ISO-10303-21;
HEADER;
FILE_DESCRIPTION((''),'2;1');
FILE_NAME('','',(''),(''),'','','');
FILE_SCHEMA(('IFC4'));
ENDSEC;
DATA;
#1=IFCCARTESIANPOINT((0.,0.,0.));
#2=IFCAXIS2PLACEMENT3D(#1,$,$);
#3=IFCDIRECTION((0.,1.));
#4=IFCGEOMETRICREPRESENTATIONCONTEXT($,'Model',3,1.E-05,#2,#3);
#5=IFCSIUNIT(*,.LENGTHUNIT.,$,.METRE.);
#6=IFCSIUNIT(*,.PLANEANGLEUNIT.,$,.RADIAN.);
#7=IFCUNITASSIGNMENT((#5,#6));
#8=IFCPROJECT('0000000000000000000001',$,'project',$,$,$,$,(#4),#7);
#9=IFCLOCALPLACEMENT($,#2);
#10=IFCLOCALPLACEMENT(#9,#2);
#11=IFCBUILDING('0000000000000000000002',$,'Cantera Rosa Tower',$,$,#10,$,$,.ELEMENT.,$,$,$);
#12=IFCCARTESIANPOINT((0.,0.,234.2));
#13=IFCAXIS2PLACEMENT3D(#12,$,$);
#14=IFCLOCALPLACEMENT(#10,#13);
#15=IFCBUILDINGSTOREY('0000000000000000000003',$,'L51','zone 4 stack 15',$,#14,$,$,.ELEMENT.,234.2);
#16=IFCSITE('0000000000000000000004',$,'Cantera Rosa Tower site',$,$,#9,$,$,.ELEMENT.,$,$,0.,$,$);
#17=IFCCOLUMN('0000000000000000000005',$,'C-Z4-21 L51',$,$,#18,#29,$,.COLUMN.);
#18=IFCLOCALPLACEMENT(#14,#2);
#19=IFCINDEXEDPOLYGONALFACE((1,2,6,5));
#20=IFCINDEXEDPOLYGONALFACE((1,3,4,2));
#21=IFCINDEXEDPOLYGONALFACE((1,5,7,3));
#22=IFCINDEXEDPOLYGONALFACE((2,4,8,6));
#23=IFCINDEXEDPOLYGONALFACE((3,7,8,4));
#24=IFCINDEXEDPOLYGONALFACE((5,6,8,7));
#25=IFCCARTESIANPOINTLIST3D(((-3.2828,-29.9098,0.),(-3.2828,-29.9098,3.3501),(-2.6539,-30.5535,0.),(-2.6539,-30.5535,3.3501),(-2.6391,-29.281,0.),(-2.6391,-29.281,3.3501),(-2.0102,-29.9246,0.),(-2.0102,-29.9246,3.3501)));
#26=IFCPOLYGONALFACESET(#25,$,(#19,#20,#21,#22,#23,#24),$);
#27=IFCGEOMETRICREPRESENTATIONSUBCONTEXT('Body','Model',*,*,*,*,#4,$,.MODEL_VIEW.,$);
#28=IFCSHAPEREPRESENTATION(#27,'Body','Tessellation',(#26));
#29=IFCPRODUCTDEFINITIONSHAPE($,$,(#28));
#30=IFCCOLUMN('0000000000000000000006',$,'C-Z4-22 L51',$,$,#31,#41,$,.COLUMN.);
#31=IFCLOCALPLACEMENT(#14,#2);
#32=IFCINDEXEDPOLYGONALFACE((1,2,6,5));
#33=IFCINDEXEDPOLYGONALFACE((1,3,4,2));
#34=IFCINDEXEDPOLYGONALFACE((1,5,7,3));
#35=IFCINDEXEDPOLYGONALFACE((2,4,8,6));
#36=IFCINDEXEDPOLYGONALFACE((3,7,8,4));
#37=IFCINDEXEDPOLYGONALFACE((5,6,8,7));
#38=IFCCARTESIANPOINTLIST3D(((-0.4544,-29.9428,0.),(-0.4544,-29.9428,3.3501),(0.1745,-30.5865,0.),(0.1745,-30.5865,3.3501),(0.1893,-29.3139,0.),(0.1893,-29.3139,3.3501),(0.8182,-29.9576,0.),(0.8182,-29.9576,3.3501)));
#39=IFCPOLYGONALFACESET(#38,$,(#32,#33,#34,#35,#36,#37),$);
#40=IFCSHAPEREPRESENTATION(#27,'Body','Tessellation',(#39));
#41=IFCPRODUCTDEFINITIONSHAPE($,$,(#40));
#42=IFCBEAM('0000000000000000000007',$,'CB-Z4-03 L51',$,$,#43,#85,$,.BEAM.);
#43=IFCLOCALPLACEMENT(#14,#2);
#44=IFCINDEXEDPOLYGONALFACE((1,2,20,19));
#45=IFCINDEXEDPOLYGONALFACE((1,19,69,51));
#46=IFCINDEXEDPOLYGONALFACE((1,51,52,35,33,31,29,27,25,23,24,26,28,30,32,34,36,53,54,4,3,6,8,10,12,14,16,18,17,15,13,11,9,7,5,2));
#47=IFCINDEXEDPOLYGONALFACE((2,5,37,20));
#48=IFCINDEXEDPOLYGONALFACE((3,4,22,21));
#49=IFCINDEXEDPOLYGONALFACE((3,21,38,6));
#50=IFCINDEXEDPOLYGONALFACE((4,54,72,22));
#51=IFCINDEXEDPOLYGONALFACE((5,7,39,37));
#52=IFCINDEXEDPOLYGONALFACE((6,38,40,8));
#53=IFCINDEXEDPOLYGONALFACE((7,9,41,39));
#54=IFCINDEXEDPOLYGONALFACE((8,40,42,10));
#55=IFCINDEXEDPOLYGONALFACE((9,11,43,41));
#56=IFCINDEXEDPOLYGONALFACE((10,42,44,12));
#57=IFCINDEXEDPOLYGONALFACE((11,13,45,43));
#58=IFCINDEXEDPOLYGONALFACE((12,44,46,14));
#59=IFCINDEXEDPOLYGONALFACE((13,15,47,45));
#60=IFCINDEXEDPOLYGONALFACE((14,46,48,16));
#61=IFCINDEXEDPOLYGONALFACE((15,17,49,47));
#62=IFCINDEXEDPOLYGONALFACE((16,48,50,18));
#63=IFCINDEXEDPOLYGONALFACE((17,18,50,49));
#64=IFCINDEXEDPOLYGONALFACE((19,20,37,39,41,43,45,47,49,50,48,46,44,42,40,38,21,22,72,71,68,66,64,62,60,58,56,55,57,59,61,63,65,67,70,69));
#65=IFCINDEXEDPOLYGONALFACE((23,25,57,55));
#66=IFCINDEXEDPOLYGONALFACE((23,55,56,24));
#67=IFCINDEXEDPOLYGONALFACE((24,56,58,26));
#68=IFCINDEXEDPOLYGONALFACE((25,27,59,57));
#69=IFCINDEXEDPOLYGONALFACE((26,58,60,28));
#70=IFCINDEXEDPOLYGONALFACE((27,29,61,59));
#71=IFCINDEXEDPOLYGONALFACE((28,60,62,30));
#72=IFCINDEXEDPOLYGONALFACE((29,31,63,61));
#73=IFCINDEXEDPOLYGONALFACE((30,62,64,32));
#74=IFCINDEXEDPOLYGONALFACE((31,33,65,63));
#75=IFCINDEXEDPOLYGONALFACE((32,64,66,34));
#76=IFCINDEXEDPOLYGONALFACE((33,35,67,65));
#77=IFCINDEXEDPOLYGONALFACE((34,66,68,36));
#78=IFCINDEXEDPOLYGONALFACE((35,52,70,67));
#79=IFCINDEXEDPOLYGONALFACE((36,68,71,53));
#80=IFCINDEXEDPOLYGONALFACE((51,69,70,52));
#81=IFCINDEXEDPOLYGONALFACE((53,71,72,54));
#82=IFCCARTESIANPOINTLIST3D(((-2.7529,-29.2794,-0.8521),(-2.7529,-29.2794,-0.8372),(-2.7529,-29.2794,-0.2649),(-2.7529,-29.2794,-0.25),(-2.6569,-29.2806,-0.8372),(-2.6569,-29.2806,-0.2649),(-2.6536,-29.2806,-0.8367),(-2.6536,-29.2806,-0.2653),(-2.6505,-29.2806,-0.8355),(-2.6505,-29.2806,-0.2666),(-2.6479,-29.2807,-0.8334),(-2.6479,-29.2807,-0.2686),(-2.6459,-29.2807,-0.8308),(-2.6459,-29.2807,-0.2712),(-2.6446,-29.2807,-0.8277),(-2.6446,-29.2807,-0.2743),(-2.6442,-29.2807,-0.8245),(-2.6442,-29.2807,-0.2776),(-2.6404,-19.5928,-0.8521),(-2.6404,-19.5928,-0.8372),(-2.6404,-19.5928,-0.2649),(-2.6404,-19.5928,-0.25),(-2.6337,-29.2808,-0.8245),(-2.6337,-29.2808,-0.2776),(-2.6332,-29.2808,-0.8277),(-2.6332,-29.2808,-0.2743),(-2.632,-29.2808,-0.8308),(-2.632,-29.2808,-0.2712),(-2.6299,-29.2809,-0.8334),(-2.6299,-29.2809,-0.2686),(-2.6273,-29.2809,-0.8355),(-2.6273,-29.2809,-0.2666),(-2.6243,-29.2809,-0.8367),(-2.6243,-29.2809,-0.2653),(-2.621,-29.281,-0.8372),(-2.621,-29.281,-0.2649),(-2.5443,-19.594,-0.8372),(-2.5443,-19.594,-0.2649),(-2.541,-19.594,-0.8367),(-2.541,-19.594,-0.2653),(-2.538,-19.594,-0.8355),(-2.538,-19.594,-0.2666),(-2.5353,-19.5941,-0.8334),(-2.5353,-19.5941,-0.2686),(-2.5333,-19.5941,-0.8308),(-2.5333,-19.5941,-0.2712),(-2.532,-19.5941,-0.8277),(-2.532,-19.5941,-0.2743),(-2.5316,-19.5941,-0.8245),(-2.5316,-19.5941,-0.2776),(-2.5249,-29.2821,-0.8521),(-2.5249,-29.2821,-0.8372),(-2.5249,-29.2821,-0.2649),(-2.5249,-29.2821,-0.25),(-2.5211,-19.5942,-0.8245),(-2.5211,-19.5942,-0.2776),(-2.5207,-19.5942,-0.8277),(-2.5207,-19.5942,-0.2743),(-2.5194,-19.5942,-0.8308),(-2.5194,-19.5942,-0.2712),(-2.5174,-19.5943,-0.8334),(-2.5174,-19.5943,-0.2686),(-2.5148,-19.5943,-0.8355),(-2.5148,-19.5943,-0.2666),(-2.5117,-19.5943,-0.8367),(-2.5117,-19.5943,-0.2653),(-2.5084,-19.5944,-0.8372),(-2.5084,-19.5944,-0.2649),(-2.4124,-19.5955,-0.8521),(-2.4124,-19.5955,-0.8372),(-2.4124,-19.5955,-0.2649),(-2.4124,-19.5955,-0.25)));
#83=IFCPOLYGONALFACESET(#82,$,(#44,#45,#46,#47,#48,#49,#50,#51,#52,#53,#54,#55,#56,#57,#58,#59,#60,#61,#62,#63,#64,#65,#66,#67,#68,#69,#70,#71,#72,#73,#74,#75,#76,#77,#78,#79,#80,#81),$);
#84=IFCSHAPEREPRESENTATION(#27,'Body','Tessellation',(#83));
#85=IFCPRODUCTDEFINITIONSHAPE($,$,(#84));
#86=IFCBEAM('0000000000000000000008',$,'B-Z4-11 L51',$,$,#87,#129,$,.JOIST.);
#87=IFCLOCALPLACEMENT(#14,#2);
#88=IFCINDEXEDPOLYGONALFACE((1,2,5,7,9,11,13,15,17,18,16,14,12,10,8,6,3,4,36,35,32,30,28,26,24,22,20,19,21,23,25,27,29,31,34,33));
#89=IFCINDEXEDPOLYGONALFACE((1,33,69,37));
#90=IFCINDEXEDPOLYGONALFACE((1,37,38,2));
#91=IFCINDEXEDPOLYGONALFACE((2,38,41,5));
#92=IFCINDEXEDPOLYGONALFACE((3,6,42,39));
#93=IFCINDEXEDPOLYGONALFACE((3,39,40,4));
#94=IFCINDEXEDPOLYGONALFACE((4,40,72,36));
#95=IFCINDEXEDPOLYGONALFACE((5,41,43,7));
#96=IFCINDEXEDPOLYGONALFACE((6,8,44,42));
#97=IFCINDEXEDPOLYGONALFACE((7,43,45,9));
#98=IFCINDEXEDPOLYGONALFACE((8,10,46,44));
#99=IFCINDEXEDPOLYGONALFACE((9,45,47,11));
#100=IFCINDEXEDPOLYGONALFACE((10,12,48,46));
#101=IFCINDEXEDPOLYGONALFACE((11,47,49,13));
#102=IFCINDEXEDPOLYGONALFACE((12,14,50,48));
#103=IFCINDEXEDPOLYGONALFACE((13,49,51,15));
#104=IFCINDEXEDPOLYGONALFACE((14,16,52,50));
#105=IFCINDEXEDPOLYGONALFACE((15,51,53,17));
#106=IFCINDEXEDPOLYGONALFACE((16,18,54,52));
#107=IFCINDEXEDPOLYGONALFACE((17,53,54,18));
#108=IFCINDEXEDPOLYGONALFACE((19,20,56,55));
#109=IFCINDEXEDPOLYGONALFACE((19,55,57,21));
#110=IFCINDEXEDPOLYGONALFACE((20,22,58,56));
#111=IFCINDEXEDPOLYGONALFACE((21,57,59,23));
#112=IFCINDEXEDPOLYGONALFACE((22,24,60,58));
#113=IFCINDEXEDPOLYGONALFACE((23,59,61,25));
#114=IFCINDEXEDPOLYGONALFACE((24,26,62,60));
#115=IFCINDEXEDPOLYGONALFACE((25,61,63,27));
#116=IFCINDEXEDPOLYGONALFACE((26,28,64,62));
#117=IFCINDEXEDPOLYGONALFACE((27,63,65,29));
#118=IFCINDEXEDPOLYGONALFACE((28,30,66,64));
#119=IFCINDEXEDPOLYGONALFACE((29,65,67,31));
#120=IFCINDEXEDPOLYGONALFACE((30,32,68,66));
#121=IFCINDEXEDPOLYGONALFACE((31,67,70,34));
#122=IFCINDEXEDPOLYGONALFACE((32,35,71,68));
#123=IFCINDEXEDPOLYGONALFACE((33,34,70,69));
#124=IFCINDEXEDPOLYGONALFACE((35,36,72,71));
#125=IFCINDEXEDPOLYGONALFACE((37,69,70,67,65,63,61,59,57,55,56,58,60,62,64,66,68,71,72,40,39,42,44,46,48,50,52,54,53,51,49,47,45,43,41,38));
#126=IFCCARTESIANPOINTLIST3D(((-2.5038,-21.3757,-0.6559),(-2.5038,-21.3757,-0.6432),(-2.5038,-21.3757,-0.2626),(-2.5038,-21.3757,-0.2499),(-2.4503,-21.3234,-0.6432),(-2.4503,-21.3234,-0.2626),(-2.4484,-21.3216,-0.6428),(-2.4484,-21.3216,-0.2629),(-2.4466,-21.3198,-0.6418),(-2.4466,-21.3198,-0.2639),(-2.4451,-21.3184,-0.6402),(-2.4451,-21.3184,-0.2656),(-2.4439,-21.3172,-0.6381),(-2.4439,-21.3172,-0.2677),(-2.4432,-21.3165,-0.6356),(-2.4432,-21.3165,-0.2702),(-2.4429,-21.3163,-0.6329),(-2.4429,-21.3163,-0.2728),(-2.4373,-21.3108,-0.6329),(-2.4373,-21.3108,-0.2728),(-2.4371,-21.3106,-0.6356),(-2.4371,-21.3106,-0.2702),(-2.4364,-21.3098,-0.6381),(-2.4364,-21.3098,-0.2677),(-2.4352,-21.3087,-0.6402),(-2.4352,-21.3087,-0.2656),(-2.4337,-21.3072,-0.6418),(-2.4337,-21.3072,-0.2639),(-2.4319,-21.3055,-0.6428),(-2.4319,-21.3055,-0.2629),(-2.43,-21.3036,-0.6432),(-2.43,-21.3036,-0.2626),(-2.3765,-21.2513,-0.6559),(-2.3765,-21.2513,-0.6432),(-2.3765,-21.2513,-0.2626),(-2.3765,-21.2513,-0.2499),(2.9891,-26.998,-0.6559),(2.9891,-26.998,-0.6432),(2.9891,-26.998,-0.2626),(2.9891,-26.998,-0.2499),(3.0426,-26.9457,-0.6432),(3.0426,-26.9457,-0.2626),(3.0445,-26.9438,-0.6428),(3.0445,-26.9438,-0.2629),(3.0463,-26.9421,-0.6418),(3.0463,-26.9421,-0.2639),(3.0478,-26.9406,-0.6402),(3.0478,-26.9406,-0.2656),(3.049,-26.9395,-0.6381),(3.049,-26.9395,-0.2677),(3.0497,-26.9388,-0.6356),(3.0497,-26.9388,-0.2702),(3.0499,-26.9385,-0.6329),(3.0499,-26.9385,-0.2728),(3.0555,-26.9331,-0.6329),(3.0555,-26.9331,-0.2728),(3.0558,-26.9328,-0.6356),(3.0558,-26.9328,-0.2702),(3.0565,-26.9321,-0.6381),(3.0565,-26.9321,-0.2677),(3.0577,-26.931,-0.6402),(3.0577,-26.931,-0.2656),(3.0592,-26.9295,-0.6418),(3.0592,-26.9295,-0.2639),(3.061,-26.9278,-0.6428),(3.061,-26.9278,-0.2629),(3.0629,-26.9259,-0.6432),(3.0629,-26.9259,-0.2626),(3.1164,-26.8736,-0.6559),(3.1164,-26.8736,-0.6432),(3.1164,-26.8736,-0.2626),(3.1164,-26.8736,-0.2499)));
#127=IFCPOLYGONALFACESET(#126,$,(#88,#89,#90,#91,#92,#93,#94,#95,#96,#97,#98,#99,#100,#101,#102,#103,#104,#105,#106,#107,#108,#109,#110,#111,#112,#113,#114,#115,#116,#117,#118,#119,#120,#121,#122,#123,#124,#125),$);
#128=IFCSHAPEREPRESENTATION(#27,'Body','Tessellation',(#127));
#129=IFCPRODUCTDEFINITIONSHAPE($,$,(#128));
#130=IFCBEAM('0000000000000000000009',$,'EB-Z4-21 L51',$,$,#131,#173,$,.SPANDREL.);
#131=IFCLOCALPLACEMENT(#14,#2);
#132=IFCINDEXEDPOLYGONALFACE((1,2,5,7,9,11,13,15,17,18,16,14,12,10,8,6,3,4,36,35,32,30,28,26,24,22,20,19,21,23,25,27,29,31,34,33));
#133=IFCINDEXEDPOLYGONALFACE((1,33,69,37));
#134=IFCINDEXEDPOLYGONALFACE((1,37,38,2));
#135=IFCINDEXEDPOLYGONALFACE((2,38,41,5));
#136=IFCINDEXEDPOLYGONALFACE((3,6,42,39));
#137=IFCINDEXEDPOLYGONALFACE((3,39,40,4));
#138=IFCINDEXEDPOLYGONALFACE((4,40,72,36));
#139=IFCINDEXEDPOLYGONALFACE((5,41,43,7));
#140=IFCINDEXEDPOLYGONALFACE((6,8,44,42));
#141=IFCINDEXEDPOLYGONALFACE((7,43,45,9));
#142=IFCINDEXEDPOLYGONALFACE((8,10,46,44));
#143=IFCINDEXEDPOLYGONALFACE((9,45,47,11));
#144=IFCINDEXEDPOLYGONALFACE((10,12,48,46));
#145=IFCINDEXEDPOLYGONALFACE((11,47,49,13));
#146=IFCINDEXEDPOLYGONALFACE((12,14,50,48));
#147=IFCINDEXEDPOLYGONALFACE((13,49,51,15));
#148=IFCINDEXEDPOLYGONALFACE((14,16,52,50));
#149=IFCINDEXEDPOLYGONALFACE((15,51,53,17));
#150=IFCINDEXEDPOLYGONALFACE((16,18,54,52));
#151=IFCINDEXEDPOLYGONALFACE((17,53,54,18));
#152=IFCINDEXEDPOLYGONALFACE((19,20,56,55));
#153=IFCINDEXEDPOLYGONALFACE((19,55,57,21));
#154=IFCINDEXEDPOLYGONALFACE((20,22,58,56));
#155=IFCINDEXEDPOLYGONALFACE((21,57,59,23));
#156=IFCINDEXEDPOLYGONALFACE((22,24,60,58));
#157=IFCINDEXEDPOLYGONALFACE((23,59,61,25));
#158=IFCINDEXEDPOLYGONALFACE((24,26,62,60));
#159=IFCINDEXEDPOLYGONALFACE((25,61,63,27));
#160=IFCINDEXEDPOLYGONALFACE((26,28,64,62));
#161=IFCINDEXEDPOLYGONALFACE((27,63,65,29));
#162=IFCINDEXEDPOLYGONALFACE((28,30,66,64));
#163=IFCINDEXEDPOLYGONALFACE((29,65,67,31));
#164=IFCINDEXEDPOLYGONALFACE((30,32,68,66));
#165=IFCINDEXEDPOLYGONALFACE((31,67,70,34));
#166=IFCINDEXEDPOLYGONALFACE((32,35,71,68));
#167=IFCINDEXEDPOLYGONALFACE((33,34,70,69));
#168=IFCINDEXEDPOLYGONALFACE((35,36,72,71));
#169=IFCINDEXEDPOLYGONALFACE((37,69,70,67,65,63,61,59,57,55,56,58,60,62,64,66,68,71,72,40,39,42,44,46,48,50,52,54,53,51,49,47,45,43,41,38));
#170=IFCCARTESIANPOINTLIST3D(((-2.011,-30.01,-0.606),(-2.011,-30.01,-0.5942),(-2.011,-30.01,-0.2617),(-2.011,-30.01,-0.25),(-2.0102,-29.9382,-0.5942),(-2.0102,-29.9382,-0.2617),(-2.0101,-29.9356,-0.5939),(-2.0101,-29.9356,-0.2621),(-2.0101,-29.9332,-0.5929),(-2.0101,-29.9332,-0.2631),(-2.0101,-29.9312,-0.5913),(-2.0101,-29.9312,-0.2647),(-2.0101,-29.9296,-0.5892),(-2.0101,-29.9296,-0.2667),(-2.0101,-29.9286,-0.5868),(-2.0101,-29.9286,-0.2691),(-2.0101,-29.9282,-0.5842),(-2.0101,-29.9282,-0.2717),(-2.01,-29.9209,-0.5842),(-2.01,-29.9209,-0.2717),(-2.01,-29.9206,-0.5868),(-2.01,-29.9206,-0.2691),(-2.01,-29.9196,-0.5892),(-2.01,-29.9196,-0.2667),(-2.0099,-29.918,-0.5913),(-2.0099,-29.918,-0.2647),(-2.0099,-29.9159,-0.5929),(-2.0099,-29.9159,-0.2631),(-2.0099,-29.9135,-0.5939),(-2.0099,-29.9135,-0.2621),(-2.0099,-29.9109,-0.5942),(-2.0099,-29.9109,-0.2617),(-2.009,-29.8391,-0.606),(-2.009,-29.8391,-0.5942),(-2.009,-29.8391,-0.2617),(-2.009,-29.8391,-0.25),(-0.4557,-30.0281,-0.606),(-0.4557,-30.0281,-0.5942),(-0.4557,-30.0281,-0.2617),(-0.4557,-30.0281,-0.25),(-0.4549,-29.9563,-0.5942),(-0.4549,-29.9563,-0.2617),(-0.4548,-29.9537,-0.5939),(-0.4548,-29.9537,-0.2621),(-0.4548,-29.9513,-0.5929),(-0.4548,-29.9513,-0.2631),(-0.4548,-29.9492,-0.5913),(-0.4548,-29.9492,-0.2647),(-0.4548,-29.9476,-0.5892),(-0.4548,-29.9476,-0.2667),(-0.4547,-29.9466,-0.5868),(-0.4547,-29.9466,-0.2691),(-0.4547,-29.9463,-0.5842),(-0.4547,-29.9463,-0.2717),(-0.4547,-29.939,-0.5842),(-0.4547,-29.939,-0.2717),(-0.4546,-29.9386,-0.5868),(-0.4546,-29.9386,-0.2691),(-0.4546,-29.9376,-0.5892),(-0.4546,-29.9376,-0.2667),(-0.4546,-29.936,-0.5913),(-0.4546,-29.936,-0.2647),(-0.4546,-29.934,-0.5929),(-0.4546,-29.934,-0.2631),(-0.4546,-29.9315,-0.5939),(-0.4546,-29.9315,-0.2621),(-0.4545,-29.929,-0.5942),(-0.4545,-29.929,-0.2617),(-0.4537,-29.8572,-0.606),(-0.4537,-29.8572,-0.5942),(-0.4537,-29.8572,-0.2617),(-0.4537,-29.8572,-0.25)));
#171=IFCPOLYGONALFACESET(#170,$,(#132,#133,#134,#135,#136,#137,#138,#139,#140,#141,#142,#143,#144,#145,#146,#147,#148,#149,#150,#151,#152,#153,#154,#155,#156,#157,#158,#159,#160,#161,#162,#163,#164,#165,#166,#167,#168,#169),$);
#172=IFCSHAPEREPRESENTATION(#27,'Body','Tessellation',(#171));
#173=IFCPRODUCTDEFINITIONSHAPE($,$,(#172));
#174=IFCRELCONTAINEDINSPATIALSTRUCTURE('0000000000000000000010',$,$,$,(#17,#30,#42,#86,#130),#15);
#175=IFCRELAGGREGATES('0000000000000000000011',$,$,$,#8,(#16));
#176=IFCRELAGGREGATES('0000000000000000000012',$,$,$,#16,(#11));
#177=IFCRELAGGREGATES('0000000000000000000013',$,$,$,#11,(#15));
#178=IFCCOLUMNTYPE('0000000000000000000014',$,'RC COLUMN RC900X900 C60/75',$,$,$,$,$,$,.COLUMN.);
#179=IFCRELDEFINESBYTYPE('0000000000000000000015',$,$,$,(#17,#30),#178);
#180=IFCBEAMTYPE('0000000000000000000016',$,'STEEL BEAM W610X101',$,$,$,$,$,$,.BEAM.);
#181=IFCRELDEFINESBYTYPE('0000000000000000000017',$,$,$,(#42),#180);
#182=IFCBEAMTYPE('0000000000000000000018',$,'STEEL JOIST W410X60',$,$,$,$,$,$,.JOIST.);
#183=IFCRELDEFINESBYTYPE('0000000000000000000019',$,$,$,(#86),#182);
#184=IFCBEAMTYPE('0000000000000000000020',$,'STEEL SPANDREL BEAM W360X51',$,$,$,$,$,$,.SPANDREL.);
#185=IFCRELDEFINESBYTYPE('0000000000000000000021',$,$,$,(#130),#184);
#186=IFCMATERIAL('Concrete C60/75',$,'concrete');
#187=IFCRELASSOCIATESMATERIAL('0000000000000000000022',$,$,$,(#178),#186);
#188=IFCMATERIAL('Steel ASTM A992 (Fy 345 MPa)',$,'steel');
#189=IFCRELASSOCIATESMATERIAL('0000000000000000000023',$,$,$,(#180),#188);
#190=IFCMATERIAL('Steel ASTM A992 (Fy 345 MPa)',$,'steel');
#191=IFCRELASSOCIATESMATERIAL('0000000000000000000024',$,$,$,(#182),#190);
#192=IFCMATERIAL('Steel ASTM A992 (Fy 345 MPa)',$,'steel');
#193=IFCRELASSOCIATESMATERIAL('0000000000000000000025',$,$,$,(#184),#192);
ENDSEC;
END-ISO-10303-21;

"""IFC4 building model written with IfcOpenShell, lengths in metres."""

from ifc_helpers import new_model, si_unit, direction, frame, origin, origin_2d, place, context, subcontext, project, spatial, rectangle, i_section, extrude, material, material_profile, profile_set, type_object, element, save


model = new_model("IFC4")

# Units and contexts
model_context = context("Model", 3, precision=1e-05, world=origin(), true_north=direction((0.0, 1.0)))
body_context = subcontext(model_context, "Body", "Model", "MODEL_VIEW")
ifc_project = project(units=[si_unit("LENGTHUNIT", "METRE"), si_unit("PLANEANGLEUNIT", "RADIAN")], contexts=[model_context])

# Site, building, storey
site_placement = place(None, origin())
site = spatial("IfcSite", under=ifc_project, at=site_placement, Name="Cantera Rosa Tower site", CompositionType="ELEMENT", RefElevation=0.0)
building_placement = place(site_placement, origin())
building = spatial("IfcBuilding", under=site, at=building_placement, Name="Cantera Rosa Tower", CompositionType="ELEMENT")
storey_placement = place(building_placement, frame((0.0, 0.0, 234.2)))
storey = spatial("IfcBuildingStorey", under=building, at=storey_placement, Name="L51", Description="zone 4 stack 15", CompositionType="ELEMENT", Elevation=234.2)

# Columns
ifc_material_1 = material(Name="Concrete C60/75", Category="concrete")
ifc_material_profile_1 = material_profile(ifc_material_1, rectangle(XDim=0.8999, YDim=0.8999, at=origin_2d()), Name="RC COLUMN RC900X900 C60/75")
ifc_profile_set_1 = profile_set([ifc_material_profile_1], Name="Concrete C60/75")
column_type = type_object("IfcColumnType", Name="RC COLUMN RC900X900 C60/75", PredefinedType="COLUMN", material=ifc_profile_set_1)
for number, where, z_axis, x_axis, name in (
    (1, (-2.6465, -29.9172, 0.0), (0.0, 0.0, 1.0), (0.715286, 0.698832, 0.0), "C-Z4-21 L51"),
    (2, (0.1819, -29.9502, 0.0), (0.0, 0.0, 1.0), (0.715286, 0.698832, 0.0), "C-Z4-22 L51"),
):
    element("IfcColumn", number, at=place(storey_placement, frame(where, z_axis=z_axis, x_axis=x_axis)), inside=storey, type_object=column_type, Name=name, PredefinedType="COLUMN", context=body_context, shape_type="SweptSolid", body=[
        extrude(rectangle(XDim=0.8999, YDim=0.8999, at=origin_2d()), origin(), (0.0, 0.0, 1.0), 3.3501),
    ])

# Beams
ifc_material_2 = material(Name="Steel ASTM A992 (Fy 345 MPa)", Category="steel")
ifc_material_profile_2 = material_profile(ifc_material_2, i_section(OverallWidth=0.228, OverallDepth=0.6021, WebThickness=0.0105, FlangeThickness=0.0149, FilletRadius=0.0127, at=origin_2d()), Name="W610X101")
ifc_profile_set_2 = profile_set([ifc_material_profile_2], Name="Steel ASTM A992 (Fy 345 MPa)")
beam_type_1 = type_object("IfcBeamType", Name="STEEL BEAM W610X101", PredefinedType="BEAM", material=ifc_profile_set_2)
beam_1_placement = place(storey_placement, frame((-2.6389, -29.2808, -0.551), z_axis=(0.011618, 0.999933, 0.0), x_axis=(-0.999933, 0.011618, 0.0)))
element("IfcBeam", 3, at=beam_1_placement, inside=storey, type_object=beam_type_1, Name="CB-Z4-03 L51", PredefinedType="BEAM", context=body_context, shape_type="SweptSolid", body=[
    extrude(i_section(OverallWidth=0.228, OverallDepth=0.6021, WebThickness=0.0105, FlangeThickness=0.0149, FilletRadius=0.0127, at=origin_2d()), origin(), (0.0, 0.0, 1.0), 9.6873),
])
ifc_material_3 = material(Name="Steel ASTM A992 (Fy 345 MPa)", Category="steel")
ifc_material_profile_3 = material_profile(ifc_material_3, i_section(OverallWidth=0.178, OverallDepth=0.406, WebThickness=0.0078, FlangeThickness=0.0127, FilletRadius=0.0103, at=origin_2d()), Name="W410X60")
ifc_profile_set_3 = profile_set([ifc_material_profile_3], Name="Steel ASTM A992 (Fy 345 MPa)")
beam_type_2 = type_object("IfcBeamType", Name="STEEL JOIST W410X60", PredefinedType="JOIST", material=ifc_profile_set_3)
beam_2_placement = place(storey_placement, frame((3.0527, -26.9358, -0.4529), z_axis=(-0.698828, 0.71529, 0.0), x_axis=(-0.71529, -0.698828, 0.0)))
element("IfcBeam", 4, at=beam_2_placement, inside=storey, type_object=beam_type_2, Name="B-Z4-11 L51", PredefinedType="JOIST", context=body_context, shape_type="SweptSolid", body=[
    extrude(i_section(OverallWidth=0.178, OverallDepth=0.406, WebThickness=0.0078, FlangeThickness=0.0127, FilletRadius=0.0103, at=origin_2d()), origin(), (0.0, 0.0, 1.0), 7.8601),
])
ifc_material_4 = material(Name="Steel ASTM A992 (Fy 345 MPa)", Category="steel")
ifc_material_profile_4 = material_profile(ifc_material_4, i_section(OverallWidth=0.1709, OverallDepth=0.356, WebThickness=0.0073, FlangeThickness=0.0117, FilletRadius=0.01, at=origin_2d()), Name="W360X51")
ifc_profile_set_4 = profile_set([ifc_material_profile_4], Name="Steel ASTM A992 (Fy 345 MPa)")
beam_type_3 = type_object("IfcBeamType", Name="STEEL SPANDREL BEAM W360X51", PredefinedType="SPANDREL", material=ifc_profile_set_4)
beam_3_placement = place(storey_placement, frame((-2.01, -29.9246, -0.428), z_axis=(0.999933, -0.011614, 0.0), x_axis=(0.011614, 0.999933, 0.0)))
element("IfcBeam", 5, at=beam_3_placement, inside=storey, type_object=beam_type_3, Name="EB-Z4-21 L51", PredefinedType="SPANDREL", context=body_context, shape_type="SweptSolid", body=[
    extrude(i_section(OverallWidth=0.1709, OverallDepth=0.356, WebThickness=0.0073, FlangeThickness=0.0117, FilletRadius=0.01, at=origin_2d()), origin(), (0.0, 0.0, 1.0), 1.5554),
])

save(model, "model.ifc")
